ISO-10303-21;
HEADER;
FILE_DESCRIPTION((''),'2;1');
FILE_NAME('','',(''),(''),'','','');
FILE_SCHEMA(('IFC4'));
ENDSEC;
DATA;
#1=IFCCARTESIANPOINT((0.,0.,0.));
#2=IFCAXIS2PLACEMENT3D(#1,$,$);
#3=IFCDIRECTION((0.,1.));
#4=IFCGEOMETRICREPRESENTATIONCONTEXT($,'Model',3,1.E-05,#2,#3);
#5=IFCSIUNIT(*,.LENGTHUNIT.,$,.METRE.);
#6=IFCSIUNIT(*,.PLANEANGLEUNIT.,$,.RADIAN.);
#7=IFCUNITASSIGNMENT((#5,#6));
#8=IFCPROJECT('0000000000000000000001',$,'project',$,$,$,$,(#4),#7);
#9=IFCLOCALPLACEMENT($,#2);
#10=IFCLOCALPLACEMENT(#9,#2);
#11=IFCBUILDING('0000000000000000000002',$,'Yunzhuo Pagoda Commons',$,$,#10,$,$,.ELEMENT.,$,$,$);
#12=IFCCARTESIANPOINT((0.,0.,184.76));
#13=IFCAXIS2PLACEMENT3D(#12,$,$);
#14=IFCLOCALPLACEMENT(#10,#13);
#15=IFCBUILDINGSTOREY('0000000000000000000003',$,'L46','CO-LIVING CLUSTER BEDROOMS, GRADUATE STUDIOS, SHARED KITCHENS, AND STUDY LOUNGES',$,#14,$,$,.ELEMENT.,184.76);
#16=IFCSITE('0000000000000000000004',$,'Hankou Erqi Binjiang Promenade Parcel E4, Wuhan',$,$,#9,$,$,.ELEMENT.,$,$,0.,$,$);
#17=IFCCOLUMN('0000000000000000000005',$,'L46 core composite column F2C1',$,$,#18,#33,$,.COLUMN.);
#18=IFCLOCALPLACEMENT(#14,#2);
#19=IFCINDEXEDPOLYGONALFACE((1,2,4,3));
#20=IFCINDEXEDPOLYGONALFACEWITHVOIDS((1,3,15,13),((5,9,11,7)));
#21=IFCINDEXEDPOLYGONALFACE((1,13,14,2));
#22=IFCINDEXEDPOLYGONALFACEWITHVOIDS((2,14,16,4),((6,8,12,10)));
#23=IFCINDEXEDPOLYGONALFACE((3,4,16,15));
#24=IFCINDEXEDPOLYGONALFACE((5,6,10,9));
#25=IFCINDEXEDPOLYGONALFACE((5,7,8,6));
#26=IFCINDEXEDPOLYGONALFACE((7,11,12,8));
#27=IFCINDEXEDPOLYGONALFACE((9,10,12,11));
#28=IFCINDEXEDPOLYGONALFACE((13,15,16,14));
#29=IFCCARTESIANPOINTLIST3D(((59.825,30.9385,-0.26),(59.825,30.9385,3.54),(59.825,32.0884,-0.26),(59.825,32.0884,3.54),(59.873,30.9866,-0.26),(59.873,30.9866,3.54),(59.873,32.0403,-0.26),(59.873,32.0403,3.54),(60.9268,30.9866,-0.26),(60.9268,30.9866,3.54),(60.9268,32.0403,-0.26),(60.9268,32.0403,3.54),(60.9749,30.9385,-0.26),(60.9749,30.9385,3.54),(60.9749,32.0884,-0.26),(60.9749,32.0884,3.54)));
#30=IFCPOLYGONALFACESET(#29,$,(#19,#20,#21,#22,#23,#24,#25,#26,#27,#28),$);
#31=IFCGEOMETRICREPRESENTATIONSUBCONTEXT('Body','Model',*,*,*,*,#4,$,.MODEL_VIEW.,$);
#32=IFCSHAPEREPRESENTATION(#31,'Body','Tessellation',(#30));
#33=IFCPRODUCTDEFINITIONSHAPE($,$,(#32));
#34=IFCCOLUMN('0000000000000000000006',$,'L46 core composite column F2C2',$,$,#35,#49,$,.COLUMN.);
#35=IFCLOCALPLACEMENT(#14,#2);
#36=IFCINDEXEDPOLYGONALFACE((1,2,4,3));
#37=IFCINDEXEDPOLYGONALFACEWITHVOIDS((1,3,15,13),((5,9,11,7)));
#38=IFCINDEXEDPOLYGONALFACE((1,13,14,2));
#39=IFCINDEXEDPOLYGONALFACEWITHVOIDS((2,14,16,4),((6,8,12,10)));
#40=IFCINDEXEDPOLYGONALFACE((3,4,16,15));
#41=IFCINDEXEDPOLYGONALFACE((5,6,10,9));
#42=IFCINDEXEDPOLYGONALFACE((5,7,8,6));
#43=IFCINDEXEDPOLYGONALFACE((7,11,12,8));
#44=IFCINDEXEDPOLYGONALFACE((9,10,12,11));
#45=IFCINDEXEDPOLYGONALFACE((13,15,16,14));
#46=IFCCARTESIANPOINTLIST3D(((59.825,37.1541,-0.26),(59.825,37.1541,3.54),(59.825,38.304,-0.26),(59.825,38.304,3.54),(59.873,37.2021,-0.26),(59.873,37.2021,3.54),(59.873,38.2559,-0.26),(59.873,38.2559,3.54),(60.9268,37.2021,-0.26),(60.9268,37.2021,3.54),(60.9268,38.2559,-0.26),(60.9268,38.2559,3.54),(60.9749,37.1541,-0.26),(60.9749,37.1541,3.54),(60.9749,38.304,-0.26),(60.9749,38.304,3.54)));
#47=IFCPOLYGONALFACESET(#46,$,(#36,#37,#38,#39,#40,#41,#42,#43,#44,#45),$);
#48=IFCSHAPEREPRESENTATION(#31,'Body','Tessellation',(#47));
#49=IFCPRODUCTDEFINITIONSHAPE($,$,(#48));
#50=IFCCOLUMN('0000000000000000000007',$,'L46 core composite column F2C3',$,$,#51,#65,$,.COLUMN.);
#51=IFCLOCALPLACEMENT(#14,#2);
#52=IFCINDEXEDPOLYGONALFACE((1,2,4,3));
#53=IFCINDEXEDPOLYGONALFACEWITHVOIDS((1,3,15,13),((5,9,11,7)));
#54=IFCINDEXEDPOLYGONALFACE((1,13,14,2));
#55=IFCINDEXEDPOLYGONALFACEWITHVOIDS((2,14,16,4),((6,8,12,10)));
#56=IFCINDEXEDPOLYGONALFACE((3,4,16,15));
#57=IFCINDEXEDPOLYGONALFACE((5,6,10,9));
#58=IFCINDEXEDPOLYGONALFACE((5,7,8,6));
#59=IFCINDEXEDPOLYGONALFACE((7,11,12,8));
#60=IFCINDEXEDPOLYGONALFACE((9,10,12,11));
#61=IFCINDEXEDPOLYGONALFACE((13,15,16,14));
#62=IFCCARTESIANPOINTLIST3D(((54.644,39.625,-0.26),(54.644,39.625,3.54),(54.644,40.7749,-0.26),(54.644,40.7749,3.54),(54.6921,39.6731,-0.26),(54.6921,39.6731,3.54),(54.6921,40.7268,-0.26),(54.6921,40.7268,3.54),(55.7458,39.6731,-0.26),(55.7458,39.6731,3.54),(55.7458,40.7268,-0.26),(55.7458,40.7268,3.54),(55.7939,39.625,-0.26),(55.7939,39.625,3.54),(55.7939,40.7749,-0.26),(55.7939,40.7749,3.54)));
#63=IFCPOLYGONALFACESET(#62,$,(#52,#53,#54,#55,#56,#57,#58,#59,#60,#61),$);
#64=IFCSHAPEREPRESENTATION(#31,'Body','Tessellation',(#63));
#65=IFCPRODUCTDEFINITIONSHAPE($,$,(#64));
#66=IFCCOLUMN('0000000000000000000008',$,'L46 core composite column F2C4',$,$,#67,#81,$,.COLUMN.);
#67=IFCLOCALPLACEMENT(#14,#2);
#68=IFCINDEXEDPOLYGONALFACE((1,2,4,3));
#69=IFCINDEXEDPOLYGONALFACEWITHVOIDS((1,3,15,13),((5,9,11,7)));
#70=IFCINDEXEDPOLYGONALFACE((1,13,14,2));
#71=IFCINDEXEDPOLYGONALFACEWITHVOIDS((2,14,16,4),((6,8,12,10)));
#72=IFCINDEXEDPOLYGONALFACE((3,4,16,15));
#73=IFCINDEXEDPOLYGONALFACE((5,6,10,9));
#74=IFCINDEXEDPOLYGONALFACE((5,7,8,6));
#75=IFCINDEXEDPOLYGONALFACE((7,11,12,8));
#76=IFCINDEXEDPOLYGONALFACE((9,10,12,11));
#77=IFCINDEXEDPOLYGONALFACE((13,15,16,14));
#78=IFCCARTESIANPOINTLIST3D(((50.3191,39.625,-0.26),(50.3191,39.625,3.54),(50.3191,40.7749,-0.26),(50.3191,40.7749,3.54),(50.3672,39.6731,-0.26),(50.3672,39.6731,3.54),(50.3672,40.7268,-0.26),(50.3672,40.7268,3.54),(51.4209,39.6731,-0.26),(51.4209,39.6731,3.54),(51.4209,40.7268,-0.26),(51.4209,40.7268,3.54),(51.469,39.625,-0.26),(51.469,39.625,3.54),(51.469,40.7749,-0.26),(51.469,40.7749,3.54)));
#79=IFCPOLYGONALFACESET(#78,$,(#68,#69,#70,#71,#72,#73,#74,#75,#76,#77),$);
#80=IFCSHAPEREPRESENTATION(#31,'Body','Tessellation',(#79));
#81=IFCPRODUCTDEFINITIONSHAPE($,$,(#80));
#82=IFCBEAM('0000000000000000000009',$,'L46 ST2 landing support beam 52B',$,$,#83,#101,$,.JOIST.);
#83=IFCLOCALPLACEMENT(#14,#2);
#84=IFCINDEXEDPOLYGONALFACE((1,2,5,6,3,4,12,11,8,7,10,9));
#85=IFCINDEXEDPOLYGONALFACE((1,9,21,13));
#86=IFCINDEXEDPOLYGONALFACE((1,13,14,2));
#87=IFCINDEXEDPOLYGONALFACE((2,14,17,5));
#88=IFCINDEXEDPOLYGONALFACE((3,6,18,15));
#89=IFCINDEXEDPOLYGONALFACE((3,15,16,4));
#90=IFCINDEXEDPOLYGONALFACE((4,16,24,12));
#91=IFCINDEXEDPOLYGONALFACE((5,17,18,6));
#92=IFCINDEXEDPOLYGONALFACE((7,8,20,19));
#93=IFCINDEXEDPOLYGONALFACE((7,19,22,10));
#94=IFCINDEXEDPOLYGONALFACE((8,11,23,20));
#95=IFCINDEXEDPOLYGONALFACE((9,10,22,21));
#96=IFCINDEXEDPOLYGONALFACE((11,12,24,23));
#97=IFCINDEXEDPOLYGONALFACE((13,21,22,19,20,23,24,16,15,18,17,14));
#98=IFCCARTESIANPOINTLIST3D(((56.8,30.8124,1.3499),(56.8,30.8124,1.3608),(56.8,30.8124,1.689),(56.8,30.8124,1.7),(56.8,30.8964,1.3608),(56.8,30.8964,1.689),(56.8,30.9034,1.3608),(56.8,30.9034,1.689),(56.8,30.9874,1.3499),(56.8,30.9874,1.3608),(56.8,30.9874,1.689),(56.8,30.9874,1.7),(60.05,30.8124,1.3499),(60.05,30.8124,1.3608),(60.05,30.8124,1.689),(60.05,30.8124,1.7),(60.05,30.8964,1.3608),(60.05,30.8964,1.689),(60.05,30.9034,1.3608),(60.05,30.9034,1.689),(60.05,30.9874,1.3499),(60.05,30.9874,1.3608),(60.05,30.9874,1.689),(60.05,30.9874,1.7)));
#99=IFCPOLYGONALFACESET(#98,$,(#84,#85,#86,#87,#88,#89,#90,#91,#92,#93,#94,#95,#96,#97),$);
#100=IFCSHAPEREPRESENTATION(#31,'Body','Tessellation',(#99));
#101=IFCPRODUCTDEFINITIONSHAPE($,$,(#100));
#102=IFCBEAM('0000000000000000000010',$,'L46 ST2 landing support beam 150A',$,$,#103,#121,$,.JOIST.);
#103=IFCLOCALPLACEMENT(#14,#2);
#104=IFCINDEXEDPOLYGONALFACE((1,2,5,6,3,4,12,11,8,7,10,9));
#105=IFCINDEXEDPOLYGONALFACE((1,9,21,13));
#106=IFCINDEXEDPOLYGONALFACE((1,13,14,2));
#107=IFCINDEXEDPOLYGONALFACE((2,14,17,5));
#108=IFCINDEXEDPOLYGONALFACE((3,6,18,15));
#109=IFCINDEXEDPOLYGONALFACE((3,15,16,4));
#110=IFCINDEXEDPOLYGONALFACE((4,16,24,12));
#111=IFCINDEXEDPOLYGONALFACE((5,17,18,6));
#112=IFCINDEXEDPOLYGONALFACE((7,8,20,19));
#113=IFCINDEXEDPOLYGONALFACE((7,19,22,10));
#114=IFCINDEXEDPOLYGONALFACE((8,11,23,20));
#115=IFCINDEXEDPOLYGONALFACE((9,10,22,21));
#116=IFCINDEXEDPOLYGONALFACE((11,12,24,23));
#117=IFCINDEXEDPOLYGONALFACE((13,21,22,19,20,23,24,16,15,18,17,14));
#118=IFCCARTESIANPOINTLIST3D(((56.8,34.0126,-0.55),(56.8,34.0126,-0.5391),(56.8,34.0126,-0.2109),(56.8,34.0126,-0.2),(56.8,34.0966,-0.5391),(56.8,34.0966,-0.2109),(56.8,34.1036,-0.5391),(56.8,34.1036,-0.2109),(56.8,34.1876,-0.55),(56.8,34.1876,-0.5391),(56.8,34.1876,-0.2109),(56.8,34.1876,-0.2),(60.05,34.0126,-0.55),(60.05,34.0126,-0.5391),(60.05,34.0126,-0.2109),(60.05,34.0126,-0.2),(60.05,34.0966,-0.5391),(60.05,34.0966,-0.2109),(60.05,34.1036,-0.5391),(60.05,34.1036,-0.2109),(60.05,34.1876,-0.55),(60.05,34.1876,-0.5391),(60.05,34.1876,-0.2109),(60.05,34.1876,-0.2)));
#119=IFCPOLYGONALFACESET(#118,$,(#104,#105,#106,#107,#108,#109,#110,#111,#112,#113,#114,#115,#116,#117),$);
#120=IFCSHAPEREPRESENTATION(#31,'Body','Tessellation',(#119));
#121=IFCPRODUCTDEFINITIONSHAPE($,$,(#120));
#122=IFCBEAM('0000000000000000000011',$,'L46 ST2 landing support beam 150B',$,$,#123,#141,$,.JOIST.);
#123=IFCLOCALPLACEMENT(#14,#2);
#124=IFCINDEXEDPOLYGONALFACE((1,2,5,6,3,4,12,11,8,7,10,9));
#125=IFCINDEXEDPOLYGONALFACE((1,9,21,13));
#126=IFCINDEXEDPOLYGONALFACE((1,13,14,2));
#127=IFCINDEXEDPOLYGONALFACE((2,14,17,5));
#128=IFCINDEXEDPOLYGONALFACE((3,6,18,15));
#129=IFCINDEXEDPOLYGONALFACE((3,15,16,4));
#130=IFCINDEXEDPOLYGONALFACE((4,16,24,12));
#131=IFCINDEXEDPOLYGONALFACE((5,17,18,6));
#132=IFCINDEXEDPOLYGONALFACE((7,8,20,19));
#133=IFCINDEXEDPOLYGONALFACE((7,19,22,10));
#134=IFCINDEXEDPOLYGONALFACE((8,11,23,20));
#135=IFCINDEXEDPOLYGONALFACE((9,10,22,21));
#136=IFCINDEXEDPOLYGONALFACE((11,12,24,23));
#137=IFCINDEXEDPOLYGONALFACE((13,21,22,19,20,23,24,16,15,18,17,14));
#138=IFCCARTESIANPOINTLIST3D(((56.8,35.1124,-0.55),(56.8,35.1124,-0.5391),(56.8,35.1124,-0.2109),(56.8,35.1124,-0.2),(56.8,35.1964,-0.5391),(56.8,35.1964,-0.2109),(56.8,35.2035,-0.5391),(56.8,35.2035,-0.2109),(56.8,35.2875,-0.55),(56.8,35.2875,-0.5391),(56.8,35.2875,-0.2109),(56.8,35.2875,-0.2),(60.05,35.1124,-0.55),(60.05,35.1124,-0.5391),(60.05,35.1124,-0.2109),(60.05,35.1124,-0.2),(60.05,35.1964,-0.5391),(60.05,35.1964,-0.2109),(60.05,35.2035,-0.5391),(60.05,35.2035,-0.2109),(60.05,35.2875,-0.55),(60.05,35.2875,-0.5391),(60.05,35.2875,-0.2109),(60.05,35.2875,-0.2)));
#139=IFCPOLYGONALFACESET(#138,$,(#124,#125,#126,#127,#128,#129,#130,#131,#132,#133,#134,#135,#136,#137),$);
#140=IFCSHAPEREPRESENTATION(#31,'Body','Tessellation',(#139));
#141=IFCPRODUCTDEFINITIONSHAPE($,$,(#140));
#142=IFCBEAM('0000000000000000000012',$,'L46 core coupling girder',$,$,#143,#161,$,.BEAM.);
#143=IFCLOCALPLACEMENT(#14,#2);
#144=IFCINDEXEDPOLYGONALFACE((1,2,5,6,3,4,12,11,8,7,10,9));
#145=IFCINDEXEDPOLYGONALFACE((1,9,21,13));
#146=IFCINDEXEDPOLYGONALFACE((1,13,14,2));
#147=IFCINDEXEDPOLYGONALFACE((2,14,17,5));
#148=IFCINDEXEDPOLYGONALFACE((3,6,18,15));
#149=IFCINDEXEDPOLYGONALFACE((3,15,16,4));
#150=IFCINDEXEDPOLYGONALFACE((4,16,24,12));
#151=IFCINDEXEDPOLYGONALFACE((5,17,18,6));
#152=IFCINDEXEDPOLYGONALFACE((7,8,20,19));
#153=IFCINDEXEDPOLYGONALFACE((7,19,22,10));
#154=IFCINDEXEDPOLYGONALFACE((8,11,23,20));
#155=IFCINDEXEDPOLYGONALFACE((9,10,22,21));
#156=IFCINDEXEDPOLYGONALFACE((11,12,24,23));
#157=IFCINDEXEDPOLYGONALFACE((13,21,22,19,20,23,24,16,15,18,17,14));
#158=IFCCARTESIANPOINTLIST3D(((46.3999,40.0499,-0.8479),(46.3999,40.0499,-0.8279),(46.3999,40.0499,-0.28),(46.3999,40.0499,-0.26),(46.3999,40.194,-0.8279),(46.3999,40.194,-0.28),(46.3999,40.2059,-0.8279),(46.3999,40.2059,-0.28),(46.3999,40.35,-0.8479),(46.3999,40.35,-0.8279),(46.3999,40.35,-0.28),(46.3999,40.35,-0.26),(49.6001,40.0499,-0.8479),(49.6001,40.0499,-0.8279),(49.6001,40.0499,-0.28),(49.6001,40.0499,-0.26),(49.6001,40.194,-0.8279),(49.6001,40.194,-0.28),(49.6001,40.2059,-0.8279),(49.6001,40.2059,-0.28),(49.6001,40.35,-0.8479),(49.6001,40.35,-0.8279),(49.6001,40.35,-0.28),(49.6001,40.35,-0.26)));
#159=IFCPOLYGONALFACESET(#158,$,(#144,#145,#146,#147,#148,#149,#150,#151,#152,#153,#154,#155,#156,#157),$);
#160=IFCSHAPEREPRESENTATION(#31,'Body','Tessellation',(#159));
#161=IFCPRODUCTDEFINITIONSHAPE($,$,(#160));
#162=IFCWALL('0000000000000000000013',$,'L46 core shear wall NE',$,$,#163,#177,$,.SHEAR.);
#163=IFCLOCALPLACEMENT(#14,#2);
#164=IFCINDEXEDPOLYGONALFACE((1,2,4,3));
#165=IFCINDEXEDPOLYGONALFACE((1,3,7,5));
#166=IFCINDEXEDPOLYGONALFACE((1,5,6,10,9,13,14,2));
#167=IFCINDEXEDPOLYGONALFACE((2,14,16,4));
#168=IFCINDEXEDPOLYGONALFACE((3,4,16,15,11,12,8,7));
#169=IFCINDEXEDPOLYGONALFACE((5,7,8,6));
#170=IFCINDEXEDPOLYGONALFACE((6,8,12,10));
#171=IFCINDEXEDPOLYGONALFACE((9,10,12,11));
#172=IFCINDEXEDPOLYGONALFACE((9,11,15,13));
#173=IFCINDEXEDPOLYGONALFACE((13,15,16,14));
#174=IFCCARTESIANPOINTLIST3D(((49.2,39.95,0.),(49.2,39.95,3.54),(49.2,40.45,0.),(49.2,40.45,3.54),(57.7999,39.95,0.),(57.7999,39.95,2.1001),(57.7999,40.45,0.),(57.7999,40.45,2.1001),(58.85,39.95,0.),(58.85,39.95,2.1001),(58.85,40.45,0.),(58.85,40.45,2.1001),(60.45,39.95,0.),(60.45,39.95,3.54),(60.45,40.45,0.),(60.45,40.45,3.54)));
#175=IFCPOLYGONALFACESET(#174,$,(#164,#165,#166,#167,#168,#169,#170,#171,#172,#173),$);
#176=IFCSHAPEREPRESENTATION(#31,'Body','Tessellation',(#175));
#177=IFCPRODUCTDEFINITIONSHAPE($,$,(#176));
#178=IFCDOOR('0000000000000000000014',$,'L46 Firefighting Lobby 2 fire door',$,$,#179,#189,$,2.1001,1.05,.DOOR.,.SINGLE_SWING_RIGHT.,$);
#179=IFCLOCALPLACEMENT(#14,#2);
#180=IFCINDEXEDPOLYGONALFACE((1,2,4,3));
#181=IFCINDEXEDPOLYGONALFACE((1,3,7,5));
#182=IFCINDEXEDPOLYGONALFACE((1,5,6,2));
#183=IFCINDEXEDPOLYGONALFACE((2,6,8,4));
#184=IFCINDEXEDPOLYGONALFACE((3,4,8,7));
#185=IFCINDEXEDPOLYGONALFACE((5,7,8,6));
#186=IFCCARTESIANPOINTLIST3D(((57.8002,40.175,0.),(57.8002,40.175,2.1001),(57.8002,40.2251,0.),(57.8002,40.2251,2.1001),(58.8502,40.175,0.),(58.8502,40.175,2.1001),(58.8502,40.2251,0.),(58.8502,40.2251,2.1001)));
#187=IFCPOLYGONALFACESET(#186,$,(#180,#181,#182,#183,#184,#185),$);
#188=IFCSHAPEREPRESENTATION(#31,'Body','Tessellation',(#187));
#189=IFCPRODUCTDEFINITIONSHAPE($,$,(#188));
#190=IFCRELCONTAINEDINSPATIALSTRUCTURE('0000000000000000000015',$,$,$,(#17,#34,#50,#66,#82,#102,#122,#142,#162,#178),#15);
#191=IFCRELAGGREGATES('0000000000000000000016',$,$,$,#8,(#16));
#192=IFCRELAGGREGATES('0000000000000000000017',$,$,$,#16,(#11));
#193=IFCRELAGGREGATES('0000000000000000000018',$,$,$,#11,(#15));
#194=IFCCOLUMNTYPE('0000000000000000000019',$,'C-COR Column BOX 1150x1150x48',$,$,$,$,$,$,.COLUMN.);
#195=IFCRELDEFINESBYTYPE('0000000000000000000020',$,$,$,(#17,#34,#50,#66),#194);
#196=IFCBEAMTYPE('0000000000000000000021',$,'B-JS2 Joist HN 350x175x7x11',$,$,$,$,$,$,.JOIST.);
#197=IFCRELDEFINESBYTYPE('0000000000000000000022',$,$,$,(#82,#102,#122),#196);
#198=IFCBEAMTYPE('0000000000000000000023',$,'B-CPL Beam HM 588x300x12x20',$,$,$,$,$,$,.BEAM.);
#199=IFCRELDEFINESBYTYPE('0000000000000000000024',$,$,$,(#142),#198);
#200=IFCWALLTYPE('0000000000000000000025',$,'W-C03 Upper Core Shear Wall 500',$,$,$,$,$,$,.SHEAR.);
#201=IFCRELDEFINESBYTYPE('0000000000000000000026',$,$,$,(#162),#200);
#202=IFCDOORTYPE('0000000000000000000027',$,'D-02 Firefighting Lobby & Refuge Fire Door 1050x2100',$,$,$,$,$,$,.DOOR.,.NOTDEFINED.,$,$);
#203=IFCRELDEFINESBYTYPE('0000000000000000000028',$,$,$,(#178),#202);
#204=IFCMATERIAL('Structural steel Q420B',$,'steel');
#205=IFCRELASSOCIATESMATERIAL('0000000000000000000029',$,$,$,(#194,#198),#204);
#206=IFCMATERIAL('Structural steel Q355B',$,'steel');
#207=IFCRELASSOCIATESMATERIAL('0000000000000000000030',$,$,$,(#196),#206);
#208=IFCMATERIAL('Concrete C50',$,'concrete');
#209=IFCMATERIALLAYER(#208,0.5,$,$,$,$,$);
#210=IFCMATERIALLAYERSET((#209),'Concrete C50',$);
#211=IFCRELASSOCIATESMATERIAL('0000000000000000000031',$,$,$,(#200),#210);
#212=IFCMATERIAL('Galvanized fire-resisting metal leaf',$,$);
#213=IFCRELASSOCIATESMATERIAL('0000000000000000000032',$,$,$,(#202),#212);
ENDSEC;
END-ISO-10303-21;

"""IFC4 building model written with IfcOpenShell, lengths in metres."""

from ifc_helpers import new_model, si_unit, direction, frame, frame_2d, origin, origin_2d, place, context, subcontext, project, spatial, rectangle, hollow_rectangle, i_section, extrude, source, transform, mapped, material, layer, layer_set, material_profile, profile_set, type_object, element, fill, save


model = new_model("IFC4")

# Units and contexts
model_context = context("Model", 3, precision=1e-05, world=origin(), true_north=direction((0.0, 1.0)))
body_context = subcontext(model_context, "Body", "Model", "MODEL_VIEW")
ifc_project = project(units=[si_unit("LENGTHUNIT", "METRE"), si_unit("PLANEANGLEUNIT", "RADIAN")], contexts=[model_context])

# Site, building, storey
site_placement = place(None, origin())
site = spatial("IfcSite", under=ifc_project, at=site_placement, Name="Hankou Erqi Binjiang Promenade Parcel E4, Wuhan", CompositionType="ELEMENT", RefElevation=0.0)
building_placement = place(site_placement, origin())
building = spatial("IfcBuilding", under=site, at=building_placement, Name="Yunzhuo Pagoda Commons", CompositionType="ELEMENT")
storey_placement = place(building_placement, frame((0.0, 0.0, 184.76)))
storey = spatial("IfcBuildingStorey", under=building, at=storey_placement, Name="L46", Description="CO-LIVING CLUSTER BEDROOMS, GRADUATE STUDIOS, SHARED KITCHENS, AND STUDY LOUNGES", CompositionType="ELEMENT", Elevation=184.76)

# Columns
ifc_material_1 = material(Name="Structural steel Q420B", Category="steel")
ifc_material_profile_1 = material_profile(ifc_material_1, hollow_rectangle(XDim=1.1499, YDim=1.1499, WallThickness=0.0481, at=origin_2d()), Name="Structural steel Q420B")
ifc_profile_set_1 = profile_set([ifc_material_profile_1], Name="Structural steel Q420B")
column_type = type_object("IfcColumnType", Name="C-COR Column BOX 1150x1150x48", PredefinedType="COLUMN", material=ifc_profile_set_1)
shared_shape_1 = source(origin(), body_context, "Body", "SweptSolid", [
    extrude(hollow_rectangle(XDim=1.1499, YDim=1.1499, WallThickness=0.0481, at=origin_2d()), origin(), (0.0, 0.0, 1.0), 3.8),
])
for number, where, z_axis, x_axis, name in (
    (1, (60.3999, 31.5134, -0.26), (0.0, 0.0, 1.0), (1.0, 0.0, 0.0), "L46 core composite column F2C1"),
    (2, (60.3999, 37.729, -0.26), (0.0, 0.0, 1.0), (1.0, 0.0, 0.0), "L46 core composite column F2C2"),
    (3, (55.219, 40.2, -0.26), (0.0, 0.0, 1.0), (1.0, 0.0, 0.0), "L46 core composite column F2C3"),
    (4, (50.894, 40.2, -0.26), (0.0, 0.0, 1.0), (1.0, 0.0, 0.0), "L46 core composite column F2C4"),
):
    element("IfcColumn", number, at=place(storey_placement, frame(where, z_axis=z_axis, x_axis=x_axis)), inside=storey, type_object=column_type, Name=name, PredefinedType="COLUMN", context=body_context, shape_type="MappedRepresentation", body=[
        mapped(shared_shape_1, transform((0.0, 0.0, 0.0), scale=1.0)),
    ])

# Beams
ifc_material_2 = material(Name="Structural steel Q355B", Category="steel")
ifc_material_profile_2 = material_profile(ifc_material_2, i_section(OverallWidth=0.175, OverallDepth=0.3501, WebThickness=0.0071, FlangeThickness=0.011, at=origin_2d()), Name="Structural steel Q355B")
ifc_profile_set_2 = profile_set([ifc_material_profile_2], Name="Structural steel Q355B")
beam_type_1 = type_object("IfcBeamType", Name="B-JS2 Joist HN 350x175x7x11", PredefinedType="JOIST", material=ifc_profile_set_2)
shared_shape_2 = source(origin(), body_context, "Body", "SweptSolid", [
    extrude(i_section(OverallWidth=0.175, OverallDepth=0.3501, WebThickness=0.0071, FlangeThickness=0.011, at=origin_2d()), origin(), (0.0, 0.0, 1.0), 3.25),
])
for number, where, z_axis, x_axis, name in (
    (5, (56.8, 30.8999, 1.5249), (1.0, 0.0, 0.0), (0.0, 1.0, 0.0), "L46 ST2 landing support beam 52B"),
    (6, (56.8, 34.1001, -0.375), (1.0, 0.0, 0.0), (0.0, 1.0, 0.0), "L46 ST2 landing support beam 150A"),
    (7, (56.8, 35.2, -0.375), (1.0, 0.0, 0.0), (0.0, 1.0, 0.0), "L46 ST2 landing support beam 150B"),
):
    element("IfcBeam", number, at=place(storey_placement, frame(where, z_axis=z_axis, x_axis=x_axis)), inside=storey, type_object=beam_type_1, Name=name, PredefinedType="JOIST", context=body_context, shape_type="MappedRepresentation", body=[
        mapped(shared_shape_2, transform((0.0, 0.0, 0.0), scale=1.0)),
    ])
ifc_material_profile_3 = material_profile(ifc_material_1, i_section(OverallWidth=0.3, OverallDepth=0.5879, WebThickness=0.012, FlangeThickness=0.02, at=origin_2d()), Name="Structural steel Q420B")
ifc_profile_set_3 = profile_set([ifc_material_profile_3], Name="Structural steel Q420B")
beam_type_2 = type_object("IfcBeamType", Name="B-CPL Beam HM 588x300x12x20", PredefinedType="BEAM", material=ifc_profile_set_3)
shared_shape_3 = source(origin(), body_context, "Body", "SweptSolid", [
    extrude(i_section(OverallWidth=0.3, OverallDepth=0.5879, WebThickness=0.012, FlangeThickness=0.02, at=origin_2d()), origin(), (0.0, 0.0, 1.0), 3.2002),
])
beam_placement = place(storey_placement, frame((46.3999, 40.2, -0.554), z_axis=(1.0, 0.0, 0.0), x_axis=(0.0, 1.0, 0.0)))
element("IfcBeam", 8, at=beam_placement, inside=storey, type_object=beam_type_2, Name="L46 core coupling girder", PredefinedType="BEAM", context=body_context, shape_type="MappedRepresentation", body=[
    mapped(shared_shape_3, transform((0.0, 0.0, 0.0), scale=1.0)),
])

# Wall, opening, door
ifc_material_3 = material(Name="Concrete C50", Category="concrete")
ifc_layer_1 = layer(ifc_material_3, 0.5)
ifc_layer_set_1 = layer_set([ifc_layer_1], Name="Concrete C50")
wall_type_1 = type_object("IfcWallType", Name="W-C03 Upper Core Shear Wall 500", PredefinedType="SHEAR", material=ifc_layer_set_1)
wall_1_placement = place(storey_placement, frame((49.2, 40.2, 0.0), z_axis=(0.0, 0.0, 1.0), x_axis=(1.0, 0.0, 0.0)))
wall_1 = element("IfcWall", 9, at=wall_1_placement, inside=storey, type_object=wall_type_1, Name="L46 core shear wall NE", PredefinedType="SHEAR", context=body_context, shape_type="SweptSolid", body=[
    extrude(rectangle(XDim=11.25, YDim=0.5, at=frame_2d((5.625, 0.0))), origin(), (0.0, 0.0, 1.0), 3.54),
])
opening_1_placement = place(wall_1_placement, frame((8.6001, 0.0, 0.0)))
opening_1 = element("IfcOpeningElement", 10, at=opening_1_placement, cuts=wall_1, PredefinedType="OPENING", context=body_context, shape_type="SweptSolid", body=[
    extrude(rectangle(XDim=1.05, YDim=2.1001, at=frame_2d((0.5249, 1.05))), frame((0.0, 0.26, 0.0), z_axis=(0.0, -1.0, 0.0), x_axis=(1.0, 0.0, 0.0)), (0.0, 0.0, 1.0), 0.52),
])
ifc_material_4 = material(Name="Galvanized fire-resisting metal leaf")
door_type_1 = type_object("IfcDoorType", Name="D-02 Firefighting Lobby & Refuge Fire Door 1050x2100", OperationType="NOTDEFINED", PredefinedType="DOOR", material=ifc_material_4)
shared_shape_4 = source(origin(), body_context, "Body", "SweptSolid", [
    extrude(rectangle(XDim=1.05, YDim=2.1001, at=frame_2d((0.5249, 1.05))), frame((0.0, 0.0249, 0.0), z_axis=(0.0, -1.0, 0.0), x_axis=(1.0, 0.0, 0.0)), (0.0, 0.0, 1.0), 0.05),
])
door_1_placement = place(opening_1_placement, frame((1.05, 0.0, 0.0), z_axis=(0.0, 0.0, 1.0), x_axis=(-1.0, 0.0, 0.0)))
door_1 = element("IfcDoor", 11, at=door_1_placement, inside=storey, type_object=door_type_1, Name="L46 Firefighting Lobby 2 fire door", OperationType="SINGLE_SWING_RIGHT", OverallHeight=2.1001, OverallWidth=1.05, PredefinedType="DOOR", context=body_context, shape_type="MappedRepresentation", body=[
    mapped(shared_shape_4, transform((0.0, 0.0, 0.0), scale=1.0)),
])
fill(opening_1, door_1)

save(model, "model.ifc")
